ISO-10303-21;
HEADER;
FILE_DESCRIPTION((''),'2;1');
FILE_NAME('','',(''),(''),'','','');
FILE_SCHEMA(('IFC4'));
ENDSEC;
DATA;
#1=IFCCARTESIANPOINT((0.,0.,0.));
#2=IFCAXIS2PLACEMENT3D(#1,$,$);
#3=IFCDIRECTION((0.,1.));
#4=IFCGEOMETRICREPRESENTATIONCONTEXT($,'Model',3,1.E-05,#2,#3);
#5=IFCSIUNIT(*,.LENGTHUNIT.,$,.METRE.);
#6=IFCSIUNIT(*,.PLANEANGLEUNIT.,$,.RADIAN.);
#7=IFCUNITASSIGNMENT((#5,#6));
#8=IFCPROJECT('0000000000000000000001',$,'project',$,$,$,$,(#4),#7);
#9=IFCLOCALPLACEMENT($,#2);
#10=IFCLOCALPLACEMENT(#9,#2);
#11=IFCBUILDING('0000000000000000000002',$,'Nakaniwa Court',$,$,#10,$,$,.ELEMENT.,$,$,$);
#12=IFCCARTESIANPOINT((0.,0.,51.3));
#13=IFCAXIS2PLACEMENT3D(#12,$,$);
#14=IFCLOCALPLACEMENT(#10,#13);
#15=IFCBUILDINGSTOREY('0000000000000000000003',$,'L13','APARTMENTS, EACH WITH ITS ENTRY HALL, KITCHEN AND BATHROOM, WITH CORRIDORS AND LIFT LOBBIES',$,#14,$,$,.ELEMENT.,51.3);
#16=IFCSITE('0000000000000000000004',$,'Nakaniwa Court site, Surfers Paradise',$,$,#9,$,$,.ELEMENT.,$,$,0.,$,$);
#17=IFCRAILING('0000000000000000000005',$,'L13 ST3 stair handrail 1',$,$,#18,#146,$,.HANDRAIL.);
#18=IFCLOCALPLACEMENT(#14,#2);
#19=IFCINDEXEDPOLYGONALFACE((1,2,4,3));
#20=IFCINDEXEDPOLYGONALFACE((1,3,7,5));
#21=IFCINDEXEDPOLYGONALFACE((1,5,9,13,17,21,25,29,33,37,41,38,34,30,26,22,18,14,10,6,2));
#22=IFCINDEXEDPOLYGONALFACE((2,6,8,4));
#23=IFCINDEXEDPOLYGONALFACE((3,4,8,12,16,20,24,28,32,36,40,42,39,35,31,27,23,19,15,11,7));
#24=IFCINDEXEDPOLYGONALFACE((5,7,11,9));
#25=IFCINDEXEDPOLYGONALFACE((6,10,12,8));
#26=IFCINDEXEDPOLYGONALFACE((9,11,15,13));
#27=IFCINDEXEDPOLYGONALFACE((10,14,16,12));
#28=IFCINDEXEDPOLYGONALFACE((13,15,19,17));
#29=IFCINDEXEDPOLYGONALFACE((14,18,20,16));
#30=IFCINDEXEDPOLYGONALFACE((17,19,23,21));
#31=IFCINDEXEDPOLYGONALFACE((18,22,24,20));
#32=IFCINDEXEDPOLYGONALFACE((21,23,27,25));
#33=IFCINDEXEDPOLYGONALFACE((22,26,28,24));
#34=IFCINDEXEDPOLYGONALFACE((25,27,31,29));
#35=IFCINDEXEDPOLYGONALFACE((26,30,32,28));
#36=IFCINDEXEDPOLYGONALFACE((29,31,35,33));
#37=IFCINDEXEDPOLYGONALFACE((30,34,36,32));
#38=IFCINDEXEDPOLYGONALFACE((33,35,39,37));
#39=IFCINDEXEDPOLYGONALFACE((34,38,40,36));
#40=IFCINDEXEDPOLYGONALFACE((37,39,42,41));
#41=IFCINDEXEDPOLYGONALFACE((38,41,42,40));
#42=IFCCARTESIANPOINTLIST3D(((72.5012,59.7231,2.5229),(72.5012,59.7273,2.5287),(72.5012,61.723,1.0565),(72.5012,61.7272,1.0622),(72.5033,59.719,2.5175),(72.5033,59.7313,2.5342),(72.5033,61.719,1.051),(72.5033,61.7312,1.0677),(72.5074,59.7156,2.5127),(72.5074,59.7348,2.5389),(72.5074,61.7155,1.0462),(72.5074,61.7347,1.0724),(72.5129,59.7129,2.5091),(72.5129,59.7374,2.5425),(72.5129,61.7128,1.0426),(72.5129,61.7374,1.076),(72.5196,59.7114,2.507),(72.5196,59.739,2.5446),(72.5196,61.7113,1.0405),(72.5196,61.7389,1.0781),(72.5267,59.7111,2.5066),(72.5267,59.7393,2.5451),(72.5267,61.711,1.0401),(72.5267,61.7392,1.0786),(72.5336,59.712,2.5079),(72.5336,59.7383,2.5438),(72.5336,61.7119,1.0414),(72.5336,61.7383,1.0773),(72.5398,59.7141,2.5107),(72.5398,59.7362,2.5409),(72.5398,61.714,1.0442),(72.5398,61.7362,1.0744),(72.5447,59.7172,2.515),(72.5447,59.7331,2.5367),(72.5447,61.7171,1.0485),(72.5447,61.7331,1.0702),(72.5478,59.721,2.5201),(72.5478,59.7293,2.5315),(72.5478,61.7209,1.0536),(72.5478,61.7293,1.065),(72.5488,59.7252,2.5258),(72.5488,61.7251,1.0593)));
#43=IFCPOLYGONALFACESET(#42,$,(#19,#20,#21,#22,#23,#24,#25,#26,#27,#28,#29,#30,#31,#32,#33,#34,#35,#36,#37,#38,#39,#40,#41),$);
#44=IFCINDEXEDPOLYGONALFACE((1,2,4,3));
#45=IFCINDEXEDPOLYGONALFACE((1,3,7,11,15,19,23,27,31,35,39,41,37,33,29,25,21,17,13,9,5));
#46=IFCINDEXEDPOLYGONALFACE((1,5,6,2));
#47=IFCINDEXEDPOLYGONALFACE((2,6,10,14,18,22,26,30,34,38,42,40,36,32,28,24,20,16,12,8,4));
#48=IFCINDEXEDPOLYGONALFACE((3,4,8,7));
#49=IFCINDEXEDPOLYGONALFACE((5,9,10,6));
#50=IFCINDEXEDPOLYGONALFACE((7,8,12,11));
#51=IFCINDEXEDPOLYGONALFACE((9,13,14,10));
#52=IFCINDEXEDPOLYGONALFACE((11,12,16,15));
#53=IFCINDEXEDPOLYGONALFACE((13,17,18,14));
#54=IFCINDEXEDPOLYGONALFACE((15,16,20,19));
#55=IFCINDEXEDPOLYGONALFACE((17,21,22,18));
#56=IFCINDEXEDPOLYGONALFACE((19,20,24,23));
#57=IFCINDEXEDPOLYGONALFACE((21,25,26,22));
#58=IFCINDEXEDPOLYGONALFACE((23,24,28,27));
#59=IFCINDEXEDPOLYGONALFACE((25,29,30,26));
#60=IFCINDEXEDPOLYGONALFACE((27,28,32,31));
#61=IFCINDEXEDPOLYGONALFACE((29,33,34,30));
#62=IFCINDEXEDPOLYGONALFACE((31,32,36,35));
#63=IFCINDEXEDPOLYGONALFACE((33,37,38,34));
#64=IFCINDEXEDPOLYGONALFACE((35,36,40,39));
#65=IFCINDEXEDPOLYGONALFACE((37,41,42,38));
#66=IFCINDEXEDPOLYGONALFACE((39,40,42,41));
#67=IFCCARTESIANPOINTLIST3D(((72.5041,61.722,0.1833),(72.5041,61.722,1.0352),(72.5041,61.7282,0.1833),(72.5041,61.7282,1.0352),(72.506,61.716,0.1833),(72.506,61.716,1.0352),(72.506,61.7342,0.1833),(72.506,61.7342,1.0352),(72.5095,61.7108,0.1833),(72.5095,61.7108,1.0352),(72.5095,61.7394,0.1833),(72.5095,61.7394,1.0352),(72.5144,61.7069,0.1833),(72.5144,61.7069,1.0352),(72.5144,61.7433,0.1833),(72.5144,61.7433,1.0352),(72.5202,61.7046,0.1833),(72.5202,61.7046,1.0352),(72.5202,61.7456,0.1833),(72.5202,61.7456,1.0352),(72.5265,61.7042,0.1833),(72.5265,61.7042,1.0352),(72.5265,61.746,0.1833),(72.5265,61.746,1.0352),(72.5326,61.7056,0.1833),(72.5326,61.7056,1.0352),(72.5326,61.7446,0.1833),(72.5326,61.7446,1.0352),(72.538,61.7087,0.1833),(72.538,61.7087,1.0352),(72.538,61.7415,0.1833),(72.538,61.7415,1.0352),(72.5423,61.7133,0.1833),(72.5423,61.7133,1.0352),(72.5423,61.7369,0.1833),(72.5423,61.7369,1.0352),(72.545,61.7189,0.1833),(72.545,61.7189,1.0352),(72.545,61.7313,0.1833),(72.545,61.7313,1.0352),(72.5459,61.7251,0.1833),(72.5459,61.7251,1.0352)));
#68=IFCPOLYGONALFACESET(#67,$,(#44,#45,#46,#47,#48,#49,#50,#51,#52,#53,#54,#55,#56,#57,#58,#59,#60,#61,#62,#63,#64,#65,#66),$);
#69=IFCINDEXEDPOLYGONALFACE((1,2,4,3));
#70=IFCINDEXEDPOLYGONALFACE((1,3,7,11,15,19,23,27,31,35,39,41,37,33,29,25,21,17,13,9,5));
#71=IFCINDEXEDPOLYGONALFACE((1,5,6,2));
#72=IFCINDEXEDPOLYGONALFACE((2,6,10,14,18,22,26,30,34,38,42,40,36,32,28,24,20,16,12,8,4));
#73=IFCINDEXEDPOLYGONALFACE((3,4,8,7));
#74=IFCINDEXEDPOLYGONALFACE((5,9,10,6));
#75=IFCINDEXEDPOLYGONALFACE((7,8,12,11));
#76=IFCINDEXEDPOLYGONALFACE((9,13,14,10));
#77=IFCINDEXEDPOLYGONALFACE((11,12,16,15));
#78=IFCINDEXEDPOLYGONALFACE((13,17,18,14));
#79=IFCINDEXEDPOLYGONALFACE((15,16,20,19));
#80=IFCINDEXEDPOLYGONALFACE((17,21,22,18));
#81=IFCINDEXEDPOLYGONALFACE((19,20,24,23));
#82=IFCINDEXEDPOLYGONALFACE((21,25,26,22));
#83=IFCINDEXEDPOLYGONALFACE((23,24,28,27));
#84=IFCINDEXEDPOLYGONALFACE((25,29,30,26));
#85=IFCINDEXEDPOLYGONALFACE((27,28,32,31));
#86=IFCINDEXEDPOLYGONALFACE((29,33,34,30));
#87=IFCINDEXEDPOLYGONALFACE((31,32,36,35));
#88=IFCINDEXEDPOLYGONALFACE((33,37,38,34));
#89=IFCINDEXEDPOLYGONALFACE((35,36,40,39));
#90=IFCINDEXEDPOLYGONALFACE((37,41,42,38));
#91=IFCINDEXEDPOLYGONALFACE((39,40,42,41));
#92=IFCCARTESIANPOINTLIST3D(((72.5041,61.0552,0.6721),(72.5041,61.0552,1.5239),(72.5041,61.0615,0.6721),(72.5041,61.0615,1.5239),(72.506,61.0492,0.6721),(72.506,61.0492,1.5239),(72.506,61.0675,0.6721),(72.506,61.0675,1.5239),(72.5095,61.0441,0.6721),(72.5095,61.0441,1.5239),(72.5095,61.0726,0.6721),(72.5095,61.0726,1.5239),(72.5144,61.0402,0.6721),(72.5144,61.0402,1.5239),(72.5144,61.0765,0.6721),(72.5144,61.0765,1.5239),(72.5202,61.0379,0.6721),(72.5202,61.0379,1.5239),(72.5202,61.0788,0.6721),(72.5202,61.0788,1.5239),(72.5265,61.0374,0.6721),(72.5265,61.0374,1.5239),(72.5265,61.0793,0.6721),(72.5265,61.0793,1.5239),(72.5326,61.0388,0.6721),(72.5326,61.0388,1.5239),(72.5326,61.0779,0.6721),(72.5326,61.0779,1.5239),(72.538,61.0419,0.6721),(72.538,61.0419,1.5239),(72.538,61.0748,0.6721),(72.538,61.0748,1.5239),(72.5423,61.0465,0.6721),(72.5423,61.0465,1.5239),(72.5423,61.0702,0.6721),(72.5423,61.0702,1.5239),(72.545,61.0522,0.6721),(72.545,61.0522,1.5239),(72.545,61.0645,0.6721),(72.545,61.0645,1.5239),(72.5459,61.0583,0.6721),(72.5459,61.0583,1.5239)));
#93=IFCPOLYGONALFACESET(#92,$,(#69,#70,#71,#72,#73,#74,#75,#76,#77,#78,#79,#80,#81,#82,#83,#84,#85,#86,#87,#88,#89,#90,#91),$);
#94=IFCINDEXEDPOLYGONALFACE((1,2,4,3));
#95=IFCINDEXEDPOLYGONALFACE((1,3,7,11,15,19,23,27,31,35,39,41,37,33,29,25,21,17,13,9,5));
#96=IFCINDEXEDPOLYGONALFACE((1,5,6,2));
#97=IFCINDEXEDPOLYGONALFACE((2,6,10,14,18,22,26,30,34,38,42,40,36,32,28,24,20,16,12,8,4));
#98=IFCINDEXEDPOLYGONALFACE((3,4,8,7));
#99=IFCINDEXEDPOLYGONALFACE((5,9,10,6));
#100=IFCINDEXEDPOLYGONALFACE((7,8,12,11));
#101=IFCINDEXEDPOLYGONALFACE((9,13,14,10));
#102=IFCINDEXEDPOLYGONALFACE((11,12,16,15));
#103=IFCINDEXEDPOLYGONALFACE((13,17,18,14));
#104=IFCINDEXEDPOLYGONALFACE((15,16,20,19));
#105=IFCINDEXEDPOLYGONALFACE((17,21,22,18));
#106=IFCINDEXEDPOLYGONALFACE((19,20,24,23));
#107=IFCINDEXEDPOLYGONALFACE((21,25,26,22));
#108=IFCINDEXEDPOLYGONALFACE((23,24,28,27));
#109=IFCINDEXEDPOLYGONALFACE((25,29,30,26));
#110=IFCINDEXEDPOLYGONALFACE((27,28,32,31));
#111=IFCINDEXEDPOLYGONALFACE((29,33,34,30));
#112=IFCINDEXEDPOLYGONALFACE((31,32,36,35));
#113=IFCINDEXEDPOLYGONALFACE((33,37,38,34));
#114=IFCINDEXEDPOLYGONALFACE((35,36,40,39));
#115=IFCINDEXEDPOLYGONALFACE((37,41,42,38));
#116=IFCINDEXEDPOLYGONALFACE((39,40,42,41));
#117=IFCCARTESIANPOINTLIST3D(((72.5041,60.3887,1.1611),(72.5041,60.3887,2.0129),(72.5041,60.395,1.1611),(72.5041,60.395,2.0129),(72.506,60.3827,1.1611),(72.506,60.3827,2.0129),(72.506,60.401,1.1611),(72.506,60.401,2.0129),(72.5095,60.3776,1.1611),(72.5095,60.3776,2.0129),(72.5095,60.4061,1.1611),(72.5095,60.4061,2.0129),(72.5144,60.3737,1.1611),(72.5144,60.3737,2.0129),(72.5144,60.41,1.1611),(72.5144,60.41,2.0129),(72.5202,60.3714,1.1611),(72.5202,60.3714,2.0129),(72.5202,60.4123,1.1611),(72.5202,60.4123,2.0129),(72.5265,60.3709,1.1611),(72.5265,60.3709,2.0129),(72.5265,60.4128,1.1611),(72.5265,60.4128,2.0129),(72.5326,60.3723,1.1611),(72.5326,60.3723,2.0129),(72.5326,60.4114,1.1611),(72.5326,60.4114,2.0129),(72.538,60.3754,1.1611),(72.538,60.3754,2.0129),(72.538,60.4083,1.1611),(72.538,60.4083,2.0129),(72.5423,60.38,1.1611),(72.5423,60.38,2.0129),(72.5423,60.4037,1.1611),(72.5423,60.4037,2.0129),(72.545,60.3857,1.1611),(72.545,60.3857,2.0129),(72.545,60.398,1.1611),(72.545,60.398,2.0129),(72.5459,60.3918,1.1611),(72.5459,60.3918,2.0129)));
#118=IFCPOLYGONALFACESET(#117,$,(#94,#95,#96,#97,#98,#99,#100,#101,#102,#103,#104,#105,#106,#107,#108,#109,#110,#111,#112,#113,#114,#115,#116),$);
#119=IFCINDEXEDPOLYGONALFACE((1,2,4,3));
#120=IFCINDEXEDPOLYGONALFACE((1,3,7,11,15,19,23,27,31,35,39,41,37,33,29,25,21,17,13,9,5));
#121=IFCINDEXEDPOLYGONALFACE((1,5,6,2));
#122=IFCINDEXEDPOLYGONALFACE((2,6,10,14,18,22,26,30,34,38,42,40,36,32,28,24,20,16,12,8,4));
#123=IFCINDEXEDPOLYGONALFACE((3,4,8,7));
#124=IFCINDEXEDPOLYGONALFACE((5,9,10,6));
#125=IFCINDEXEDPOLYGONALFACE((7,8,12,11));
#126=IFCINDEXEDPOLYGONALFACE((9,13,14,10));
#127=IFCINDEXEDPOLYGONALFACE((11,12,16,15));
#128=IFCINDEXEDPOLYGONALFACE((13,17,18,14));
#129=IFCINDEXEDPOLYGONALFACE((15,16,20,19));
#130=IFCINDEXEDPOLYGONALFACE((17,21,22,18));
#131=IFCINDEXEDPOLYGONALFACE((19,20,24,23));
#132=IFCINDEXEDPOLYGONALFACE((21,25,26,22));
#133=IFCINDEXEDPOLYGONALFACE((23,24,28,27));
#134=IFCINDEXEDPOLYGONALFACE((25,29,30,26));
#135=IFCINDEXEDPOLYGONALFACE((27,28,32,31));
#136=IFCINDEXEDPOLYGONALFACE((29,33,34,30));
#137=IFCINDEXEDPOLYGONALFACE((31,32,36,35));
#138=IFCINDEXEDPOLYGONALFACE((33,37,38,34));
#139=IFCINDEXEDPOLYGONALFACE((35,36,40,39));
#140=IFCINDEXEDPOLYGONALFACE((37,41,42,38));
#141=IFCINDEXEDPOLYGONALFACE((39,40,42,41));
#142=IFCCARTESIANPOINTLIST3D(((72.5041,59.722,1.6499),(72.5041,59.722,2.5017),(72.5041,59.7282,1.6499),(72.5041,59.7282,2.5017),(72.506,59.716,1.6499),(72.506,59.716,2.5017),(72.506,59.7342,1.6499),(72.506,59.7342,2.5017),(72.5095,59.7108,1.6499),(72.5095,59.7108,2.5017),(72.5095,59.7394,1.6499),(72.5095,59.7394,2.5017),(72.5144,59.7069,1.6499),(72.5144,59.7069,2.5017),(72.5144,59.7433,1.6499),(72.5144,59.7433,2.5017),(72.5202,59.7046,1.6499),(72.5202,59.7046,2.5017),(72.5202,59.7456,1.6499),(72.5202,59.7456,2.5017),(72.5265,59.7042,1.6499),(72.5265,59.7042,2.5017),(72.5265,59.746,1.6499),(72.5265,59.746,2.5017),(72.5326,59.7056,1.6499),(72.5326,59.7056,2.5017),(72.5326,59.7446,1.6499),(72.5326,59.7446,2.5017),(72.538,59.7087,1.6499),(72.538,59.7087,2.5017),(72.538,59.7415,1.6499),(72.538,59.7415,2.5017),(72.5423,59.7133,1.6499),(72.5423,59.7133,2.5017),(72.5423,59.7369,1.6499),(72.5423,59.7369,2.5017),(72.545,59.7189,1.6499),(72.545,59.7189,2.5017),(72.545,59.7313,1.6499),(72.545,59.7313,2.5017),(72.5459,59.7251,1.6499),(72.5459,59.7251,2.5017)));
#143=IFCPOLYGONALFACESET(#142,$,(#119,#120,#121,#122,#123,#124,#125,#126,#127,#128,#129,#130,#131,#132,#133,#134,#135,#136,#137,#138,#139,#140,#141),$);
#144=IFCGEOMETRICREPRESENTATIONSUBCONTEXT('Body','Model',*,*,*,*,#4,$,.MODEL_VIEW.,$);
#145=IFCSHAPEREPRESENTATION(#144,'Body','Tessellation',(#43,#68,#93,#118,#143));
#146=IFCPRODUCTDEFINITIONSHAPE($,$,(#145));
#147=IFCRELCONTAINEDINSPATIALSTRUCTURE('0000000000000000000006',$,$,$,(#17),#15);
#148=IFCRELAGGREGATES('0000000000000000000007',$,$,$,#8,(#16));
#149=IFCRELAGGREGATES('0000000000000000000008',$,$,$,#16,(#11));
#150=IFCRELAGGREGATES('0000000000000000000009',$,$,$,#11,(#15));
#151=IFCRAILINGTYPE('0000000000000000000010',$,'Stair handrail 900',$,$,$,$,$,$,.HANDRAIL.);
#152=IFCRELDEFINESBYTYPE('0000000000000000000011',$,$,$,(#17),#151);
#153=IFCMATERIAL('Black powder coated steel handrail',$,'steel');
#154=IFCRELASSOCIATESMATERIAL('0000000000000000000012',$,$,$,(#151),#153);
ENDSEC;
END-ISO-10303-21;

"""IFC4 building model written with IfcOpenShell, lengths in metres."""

from ifc_helpers import new_model, si_unit, direction, frame, origin, origin_2d, place, context, subcontext, project, spatial, circle, extrude, material, type_object, element, save


model = new_model("IFC4")

# Units and contexts
model_context = context("Model", 3, precision=1e-05, world=origin(), true_north=direction((0.0, 1.0)))
body_context = subcontext(model_context, "Body", "Model", "MODEL_VIEW")
ifc_project = project(units=[si_unit("LENGTHUNIT", "METRE"), si_unit("PLANEANGLEUNIT", "RADIAN")], contexts=[model_context])

# Site, building, storey
site_placement = place(None, origin())
site = spatial("IfcSite", under=ifc_project, at=site_placement, Name="Nakaniwa Court site, Surfers Paradise", CompositionType="ELEMENT", RefElevation=0.0)
building_placement = place(site_placement, origin())
building = spatial("IfcBuilding", under=site, at=building_placement, Name="Nakaniwa Court", CompositionType="ELEMENT")
storey_placement = place(building_placement, frame((0.0, 0.0, 51.3)))
storey = spatial("IfcBuildingStorey", under=building, at=storey_placement, Name="L13", Description="APARTMENTS, EACH WITH ITS ENTRY HALL, KITCHEN AND BATHROOM, WITH CORRIDORS AND LIFT LOBBIES", CompositionType="ELEMENT", Elevation=51.3)

# Railing
ifc_material_1 = material(Name="Black powder coated steel handrail", Category="steel")
railing_type_1 = type_object("IfcRailingType", Name="Stair handrail 900", PredefinedType="HANDRAIL", material=ifc_material_1)
railing_1_placement = place(storey_placement, frame((72.5249, 61.7251, 0.1833)))
element("IfcRailing", 1, at=railing_1_placement, inside=storey, type_object=railing_type_1, Name="L13 ST3 stair handrail 1", PredefinedType="HANDRAIL", context=body_context, shape_type="SweptSolid", body=[
    extrude(circle(Radius=0.0239, at=origin_2d()), frame((0.0, 0.0, 0.876), z_axis=(0.0, -0.806427, 0.591334), x_axis=(1.0, 0.0, 0.0)), (0.0, 0.0, 1.0), 2.48),
    extrude(circle(Radius=0.021, at=origin_2d()), origin(), (0.0, 0.0, 1.0), 0.8518),
    extrude(circle(Radius=0.021, at=origin_2d()), frame((0.0, -0.6667, 0.4888)), (0.0, 0.0, 1.0), 0.8518),
    extrude(circle(Radius=0.021, at=origin_2d()), frame((0.0, -1.3333, 0.9778)), (0.0, 0.0, 1.0), 0.8518),
    extrude(circle(Radius=0.021, at=origin_2d()), frame((0.0, -2.0, 1.4666)), (0.0, 0.0, 1.0), 0.8518),
])

save(model, "model.ifc")
